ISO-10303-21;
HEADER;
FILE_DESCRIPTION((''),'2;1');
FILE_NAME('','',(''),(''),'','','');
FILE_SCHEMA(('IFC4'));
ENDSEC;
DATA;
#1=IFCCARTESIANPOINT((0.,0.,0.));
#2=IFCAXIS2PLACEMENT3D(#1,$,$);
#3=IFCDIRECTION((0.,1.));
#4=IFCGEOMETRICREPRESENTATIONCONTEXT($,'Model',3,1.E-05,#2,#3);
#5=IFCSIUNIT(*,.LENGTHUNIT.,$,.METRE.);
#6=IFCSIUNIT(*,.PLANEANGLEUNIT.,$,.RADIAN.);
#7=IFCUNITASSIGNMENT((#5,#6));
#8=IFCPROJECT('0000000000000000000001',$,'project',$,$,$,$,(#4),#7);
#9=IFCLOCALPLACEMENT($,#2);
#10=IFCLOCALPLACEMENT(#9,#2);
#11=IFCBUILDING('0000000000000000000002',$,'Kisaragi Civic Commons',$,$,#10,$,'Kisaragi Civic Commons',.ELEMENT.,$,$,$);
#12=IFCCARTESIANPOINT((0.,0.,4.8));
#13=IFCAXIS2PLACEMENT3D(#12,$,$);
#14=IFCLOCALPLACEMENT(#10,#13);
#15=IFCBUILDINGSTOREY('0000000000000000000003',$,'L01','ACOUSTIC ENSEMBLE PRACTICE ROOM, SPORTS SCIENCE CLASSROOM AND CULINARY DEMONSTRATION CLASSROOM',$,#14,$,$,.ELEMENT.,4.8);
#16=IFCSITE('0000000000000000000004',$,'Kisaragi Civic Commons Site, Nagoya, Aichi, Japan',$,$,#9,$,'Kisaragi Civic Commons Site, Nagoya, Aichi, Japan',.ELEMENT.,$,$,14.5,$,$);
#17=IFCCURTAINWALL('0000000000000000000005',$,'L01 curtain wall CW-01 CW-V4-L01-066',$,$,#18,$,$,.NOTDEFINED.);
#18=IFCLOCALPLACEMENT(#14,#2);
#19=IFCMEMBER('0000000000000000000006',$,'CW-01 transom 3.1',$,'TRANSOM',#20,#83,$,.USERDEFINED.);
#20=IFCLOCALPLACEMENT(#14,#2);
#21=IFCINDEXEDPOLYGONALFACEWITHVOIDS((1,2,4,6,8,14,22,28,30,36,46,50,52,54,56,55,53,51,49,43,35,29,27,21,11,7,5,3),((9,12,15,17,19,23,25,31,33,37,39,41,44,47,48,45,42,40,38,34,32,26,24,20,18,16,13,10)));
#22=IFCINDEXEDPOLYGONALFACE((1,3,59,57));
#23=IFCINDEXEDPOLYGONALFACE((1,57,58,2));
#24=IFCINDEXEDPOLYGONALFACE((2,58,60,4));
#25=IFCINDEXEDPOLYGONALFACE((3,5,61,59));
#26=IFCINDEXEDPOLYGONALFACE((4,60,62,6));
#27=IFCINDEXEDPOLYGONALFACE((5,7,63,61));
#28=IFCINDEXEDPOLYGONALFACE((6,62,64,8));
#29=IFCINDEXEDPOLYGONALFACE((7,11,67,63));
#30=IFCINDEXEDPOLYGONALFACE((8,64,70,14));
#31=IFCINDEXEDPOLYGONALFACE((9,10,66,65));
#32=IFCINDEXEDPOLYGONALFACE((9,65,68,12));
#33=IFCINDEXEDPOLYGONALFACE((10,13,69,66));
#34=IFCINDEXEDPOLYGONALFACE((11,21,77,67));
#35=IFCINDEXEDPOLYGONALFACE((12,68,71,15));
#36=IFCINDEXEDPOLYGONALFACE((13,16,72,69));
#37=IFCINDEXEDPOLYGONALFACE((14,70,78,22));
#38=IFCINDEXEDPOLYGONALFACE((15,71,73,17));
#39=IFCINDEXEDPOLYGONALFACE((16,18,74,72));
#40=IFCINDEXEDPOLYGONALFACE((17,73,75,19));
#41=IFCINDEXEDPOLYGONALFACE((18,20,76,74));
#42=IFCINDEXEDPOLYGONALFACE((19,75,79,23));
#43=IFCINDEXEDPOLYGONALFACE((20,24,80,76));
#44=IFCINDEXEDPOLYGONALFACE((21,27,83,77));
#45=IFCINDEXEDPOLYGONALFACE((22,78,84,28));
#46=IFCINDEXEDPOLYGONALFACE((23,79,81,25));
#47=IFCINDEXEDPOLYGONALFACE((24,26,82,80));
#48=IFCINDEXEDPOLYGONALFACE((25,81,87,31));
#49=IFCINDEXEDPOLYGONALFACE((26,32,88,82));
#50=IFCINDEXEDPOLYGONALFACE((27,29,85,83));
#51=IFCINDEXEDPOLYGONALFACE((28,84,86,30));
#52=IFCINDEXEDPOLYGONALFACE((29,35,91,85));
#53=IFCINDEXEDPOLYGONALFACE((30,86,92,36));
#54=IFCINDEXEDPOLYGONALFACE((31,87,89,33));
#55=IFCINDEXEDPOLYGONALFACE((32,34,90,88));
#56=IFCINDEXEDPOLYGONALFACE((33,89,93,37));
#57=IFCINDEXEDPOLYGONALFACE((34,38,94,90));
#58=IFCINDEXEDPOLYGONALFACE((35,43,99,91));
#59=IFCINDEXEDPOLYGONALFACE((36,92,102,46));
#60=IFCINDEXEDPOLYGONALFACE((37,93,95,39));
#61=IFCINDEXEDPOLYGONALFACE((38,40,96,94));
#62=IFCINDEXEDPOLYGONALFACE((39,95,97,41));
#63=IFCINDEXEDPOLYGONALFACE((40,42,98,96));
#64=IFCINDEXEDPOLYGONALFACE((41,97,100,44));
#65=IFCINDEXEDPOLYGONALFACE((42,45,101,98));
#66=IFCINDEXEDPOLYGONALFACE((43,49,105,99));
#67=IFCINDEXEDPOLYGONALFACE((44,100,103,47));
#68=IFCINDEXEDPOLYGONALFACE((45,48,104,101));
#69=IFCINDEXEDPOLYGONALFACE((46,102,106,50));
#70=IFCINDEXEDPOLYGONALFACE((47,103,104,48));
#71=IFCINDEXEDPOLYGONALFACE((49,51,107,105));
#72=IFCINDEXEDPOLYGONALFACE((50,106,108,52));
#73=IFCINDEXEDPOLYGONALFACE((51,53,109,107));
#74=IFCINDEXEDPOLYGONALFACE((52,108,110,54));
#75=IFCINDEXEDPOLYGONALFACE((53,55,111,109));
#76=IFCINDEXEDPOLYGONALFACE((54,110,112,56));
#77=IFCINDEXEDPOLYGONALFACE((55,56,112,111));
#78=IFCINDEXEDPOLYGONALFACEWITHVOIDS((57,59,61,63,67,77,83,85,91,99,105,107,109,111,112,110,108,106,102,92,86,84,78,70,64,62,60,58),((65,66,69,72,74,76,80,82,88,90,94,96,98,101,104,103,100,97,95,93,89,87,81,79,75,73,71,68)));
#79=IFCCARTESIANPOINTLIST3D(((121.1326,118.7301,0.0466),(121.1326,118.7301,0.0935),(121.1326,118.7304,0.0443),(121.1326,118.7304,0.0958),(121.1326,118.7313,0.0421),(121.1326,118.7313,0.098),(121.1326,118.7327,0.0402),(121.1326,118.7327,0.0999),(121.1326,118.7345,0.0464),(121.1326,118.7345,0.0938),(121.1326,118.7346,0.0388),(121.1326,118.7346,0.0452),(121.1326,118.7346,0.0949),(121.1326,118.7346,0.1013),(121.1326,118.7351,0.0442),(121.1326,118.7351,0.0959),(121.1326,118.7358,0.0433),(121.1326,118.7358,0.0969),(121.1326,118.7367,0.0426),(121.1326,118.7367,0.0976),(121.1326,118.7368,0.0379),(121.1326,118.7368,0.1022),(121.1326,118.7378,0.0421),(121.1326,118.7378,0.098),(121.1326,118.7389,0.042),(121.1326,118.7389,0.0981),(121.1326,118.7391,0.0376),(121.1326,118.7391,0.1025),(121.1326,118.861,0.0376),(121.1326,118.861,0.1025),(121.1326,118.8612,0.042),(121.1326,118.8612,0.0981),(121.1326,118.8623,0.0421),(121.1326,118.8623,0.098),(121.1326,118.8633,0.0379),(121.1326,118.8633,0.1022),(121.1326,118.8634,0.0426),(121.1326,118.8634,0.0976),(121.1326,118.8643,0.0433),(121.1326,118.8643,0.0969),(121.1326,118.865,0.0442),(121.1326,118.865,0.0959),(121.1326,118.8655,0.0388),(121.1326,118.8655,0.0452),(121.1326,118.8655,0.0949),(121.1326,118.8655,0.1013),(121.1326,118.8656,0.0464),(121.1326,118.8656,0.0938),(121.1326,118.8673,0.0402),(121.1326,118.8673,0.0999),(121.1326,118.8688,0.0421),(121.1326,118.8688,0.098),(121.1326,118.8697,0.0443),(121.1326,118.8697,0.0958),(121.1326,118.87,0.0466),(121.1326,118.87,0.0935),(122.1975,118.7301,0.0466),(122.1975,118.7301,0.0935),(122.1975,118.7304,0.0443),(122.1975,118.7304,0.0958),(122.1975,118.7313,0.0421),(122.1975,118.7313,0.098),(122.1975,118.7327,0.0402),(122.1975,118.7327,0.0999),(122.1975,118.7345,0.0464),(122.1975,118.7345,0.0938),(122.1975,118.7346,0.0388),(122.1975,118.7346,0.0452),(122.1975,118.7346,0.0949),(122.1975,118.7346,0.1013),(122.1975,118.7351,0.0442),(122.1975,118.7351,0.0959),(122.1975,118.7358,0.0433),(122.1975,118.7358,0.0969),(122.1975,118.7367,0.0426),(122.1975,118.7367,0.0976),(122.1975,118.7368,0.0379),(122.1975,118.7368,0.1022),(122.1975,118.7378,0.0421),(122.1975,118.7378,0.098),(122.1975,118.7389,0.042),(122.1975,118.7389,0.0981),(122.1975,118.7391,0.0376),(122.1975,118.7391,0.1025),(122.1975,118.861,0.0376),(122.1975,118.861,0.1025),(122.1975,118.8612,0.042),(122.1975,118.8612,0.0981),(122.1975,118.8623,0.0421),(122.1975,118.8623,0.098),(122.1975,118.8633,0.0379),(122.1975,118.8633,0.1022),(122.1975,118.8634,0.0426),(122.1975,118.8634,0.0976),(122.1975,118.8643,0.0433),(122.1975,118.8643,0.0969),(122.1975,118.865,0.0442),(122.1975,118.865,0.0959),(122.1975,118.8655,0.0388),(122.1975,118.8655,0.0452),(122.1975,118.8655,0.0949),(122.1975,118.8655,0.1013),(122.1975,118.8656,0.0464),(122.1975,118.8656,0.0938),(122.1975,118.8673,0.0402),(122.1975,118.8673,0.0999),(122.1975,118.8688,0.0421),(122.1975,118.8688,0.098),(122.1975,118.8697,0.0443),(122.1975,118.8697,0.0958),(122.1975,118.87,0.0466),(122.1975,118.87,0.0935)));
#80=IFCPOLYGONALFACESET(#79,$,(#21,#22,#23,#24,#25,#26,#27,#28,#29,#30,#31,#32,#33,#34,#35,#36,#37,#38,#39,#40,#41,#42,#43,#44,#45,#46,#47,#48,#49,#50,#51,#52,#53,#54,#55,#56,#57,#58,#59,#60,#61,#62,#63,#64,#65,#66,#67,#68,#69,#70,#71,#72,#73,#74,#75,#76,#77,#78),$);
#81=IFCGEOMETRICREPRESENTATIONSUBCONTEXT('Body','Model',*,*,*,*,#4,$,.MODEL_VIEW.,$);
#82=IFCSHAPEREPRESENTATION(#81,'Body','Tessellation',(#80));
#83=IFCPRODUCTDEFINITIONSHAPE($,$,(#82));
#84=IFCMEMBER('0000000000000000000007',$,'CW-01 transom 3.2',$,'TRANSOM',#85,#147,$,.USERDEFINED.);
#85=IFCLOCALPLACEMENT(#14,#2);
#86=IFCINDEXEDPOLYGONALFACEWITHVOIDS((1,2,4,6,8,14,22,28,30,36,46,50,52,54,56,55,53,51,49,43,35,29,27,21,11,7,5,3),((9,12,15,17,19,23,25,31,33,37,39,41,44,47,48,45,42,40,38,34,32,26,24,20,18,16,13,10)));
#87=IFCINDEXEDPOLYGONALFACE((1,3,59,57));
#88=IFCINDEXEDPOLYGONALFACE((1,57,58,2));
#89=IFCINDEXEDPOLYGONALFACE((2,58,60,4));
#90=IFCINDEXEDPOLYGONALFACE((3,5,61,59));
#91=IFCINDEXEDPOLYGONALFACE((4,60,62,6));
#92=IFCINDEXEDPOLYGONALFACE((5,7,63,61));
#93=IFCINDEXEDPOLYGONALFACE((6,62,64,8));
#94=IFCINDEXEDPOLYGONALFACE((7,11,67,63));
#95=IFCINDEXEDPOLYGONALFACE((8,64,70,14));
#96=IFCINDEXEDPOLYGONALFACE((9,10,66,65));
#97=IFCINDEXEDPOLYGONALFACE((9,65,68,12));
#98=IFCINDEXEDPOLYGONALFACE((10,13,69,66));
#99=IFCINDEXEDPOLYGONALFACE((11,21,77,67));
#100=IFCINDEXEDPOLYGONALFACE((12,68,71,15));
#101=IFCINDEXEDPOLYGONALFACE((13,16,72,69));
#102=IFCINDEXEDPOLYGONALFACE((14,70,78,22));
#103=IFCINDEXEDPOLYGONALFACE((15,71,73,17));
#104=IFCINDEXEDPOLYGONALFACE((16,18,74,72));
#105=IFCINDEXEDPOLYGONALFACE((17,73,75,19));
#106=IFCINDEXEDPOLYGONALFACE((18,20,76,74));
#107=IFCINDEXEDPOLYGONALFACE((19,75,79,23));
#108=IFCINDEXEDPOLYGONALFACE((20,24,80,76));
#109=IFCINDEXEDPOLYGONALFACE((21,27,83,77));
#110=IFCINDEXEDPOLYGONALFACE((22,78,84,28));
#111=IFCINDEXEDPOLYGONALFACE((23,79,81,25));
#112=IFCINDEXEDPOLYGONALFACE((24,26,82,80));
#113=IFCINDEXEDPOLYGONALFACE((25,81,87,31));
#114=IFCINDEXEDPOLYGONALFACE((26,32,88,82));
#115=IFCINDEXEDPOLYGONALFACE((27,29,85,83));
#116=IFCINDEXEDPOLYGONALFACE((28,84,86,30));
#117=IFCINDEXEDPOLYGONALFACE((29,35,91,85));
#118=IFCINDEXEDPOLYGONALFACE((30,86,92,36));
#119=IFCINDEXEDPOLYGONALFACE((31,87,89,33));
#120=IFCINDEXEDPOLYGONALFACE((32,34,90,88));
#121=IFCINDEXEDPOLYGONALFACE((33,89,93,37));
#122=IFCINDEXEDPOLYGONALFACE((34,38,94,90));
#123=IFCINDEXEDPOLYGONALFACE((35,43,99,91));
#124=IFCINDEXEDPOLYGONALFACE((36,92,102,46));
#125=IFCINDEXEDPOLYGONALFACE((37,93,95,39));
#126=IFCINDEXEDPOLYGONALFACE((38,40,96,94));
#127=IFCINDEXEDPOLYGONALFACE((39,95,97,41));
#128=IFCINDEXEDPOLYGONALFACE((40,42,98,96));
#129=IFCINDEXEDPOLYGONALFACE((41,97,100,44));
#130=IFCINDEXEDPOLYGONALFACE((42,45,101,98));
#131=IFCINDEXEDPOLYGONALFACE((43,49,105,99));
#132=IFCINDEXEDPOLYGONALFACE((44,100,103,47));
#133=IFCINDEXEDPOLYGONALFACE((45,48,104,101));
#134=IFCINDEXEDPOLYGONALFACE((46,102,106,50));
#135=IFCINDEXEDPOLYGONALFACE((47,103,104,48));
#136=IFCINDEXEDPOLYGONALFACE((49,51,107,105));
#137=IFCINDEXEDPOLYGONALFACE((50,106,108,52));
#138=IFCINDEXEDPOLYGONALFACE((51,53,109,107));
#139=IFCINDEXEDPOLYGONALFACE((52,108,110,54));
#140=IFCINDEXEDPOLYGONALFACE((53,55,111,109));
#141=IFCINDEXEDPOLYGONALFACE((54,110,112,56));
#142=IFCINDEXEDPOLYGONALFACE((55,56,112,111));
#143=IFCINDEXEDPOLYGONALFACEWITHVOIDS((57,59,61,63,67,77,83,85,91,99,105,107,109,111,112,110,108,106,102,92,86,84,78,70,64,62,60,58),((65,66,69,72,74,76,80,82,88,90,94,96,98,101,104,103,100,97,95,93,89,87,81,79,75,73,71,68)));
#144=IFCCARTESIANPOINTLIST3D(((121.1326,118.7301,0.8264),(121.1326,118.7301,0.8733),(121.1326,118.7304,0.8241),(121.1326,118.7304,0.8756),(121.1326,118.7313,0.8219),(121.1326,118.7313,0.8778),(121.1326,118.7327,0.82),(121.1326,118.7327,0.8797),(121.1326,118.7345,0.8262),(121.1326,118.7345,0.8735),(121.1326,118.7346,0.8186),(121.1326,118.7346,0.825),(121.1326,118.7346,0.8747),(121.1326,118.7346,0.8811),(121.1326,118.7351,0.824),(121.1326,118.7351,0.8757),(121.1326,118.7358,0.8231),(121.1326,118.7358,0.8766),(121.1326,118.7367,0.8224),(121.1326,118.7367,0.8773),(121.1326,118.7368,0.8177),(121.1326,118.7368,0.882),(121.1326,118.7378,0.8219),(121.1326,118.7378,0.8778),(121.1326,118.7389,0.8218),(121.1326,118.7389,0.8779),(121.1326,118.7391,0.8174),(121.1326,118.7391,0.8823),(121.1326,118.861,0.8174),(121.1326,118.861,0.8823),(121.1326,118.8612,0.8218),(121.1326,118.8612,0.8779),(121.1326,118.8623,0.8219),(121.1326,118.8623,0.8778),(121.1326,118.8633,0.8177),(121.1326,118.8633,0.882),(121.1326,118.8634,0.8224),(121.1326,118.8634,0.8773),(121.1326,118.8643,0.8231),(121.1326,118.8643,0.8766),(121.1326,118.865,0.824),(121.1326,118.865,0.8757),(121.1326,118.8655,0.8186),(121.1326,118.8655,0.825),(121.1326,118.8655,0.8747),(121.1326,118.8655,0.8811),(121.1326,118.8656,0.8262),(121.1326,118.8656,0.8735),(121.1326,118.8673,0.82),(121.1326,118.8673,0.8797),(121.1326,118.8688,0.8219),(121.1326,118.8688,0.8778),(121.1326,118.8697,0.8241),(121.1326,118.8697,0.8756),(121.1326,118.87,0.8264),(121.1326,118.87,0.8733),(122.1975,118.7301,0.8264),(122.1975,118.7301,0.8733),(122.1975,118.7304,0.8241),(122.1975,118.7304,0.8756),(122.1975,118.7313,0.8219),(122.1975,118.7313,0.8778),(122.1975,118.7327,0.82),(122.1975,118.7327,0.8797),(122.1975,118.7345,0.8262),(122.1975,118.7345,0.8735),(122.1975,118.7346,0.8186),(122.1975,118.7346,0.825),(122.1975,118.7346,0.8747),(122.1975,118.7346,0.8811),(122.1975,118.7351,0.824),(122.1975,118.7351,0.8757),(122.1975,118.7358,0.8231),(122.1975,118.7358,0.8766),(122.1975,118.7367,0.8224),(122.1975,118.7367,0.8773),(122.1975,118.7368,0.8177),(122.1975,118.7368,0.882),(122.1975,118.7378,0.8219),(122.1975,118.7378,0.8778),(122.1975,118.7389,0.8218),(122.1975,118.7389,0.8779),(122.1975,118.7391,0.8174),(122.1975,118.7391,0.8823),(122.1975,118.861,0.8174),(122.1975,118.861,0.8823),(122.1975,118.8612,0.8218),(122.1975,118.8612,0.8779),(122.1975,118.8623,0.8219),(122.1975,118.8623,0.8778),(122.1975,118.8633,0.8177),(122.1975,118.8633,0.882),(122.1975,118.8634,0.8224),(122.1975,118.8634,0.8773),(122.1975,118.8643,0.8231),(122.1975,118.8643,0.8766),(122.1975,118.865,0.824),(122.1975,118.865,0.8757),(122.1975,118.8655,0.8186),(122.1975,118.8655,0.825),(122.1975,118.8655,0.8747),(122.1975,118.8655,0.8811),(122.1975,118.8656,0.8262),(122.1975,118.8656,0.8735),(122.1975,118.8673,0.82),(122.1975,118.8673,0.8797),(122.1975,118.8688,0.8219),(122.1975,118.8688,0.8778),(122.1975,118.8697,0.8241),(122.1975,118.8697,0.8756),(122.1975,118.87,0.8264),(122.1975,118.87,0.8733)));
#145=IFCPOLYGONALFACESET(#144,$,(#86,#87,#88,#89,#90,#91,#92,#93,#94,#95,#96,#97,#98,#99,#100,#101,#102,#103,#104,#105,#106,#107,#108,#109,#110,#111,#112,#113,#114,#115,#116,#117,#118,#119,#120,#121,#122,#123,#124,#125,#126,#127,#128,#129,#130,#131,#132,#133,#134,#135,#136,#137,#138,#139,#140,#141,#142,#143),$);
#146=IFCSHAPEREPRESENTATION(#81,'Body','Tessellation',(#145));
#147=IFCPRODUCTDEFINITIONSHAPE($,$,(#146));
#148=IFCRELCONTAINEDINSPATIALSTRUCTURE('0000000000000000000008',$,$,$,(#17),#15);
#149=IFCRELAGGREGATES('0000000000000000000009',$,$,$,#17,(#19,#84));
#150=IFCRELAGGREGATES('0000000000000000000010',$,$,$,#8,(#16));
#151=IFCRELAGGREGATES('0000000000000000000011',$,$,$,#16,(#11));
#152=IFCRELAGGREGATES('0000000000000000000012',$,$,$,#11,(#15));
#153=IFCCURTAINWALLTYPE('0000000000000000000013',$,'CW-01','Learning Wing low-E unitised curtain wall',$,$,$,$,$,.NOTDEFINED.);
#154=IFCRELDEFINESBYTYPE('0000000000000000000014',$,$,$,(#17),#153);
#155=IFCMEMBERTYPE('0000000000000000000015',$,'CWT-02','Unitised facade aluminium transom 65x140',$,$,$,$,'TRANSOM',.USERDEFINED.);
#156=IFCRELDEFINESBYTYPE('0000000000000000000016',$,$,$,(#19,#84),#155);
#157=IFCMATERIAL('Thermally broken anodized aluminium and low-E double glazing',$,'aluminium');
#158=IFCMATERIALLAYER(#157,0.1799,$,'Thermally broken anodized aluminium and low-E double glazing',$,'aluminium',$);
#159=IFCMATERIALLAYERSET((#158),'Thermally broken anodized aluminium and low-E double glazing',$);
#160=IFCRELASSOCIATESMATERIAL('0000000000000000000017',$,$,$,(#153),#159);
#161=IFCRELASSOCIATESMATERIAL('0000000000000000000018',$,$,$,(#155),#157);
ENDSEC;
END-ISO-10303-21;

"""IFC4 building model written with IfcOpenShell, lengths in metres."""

from ifc_helpers import new_model, si_unit, direction, frame, origin, origin_2d, place, context, subcontext, project, spatial, hollow_rectangle, extrude, material, layer, layer_set, material_profile, profile_set, type_object, element, aggregate, save


model = new_model("IFC4")

# Units and contexts
model_context = context("Model", 3, precision=1e-05, world=origin(), true_north=direction((0.0, 1.0)))
body_context = subcontext(model_context, "Body", "Model", "MODEL_VIEW")
ifc_project = project(units=[si_unit("LENGTHUNIT", "METRE"), si_unit("PLANEANGLEUNIT", "RADIAN")], contexts=[model_context])

# Site, building, storey
site_placement = place(None, origin())
site = spatial("IfcSite", under=ifc_project, at=site_placement, Name="Kisaragi Civic Commons Site, Nagoya, Aichi, Japan", LongName="Kisaragi Civic Commons Site, Nagoya, Aichi, Japan", CompositionType="ELEMENT", RefElevation=14.5)
building_placement = place(site_placement, origin())
building = spatial("IfcBuilding", under=site, at=building_placement, Name="Kisaragi Civic Commons", LongName="Kisaragi Civic Commons", CompositionType="ELEMENT")
storey_placement = place(building_placement, frame((0.0, 0.0, 4.8)))
storey = spatial("IfcBuildingStorey", under=building, at=storey_placement, Name="L01", Description="ACOUSTIC ENSEMBLE PRACTICE ROOM, SPORTS SCIENCE CLASSROOM AND CULINARY DEMONSTRATION CLASSROOM", CompositionType="ELEMENT", Elevation=4.8)

# Curtain wall, members
ifc_material = material(Name="Thermally broken anodized aluminium and low-E double glazing", Category="aluminium")
ifc_layer_1 = layer(ifc_material, 0.1799, Name="Thermally broken anodized aluminium and low-E double glazing", Category="aluminium")
ifc_layer_set_1 = layer_set([ifc_layer_1], Name="Thermally broken anodized aluminium and low-E double glazing")
curtain_wall_type = type_object("IfcCurtainWallType", Name="CW-01", Description="Learning Wing low-E unitised curtain wall", PredefinedType="NOTDEFINED", material=ifc_layer_set_1)
curtain_wall_placement = place(storey_placement, origin())
curtain_wall = element("IfcCurtainWall", 1, at=curtain_wall_placement, inside=storey, type_object=curtain_wall_type, Name="L01 curtain wall CW-01 CW-V4-L01-066", PredefinedType="NOTDEFINED")
ifc_material_profile_1 = material_profile(ifc_material, hollow_rectangle(XDim=0.1399, YDim=0.0649, WallThickness=0.0044, InnerFilletRadius=0.0044, OuterFilletRadius=0.009, at=origin_2d()), Name="CWT-65x140x4.5", Category="aluminium")
ifc_profile_set_1 = profile_set([ifc_material_profile_1], Name="Thermally broken anodized aluminium and low-E double glazing")
member_type_1 = type_object("IfcMemberType", Name="CWT-02", Description="Unitised facade aluminium transom 65x140", ElementType="TRANSOM", PredefinedType="USERDEFINED", material=ifc_profile_set_1)
member_1_placement = place(storey_placement, frame((121.1326, 118.8, 0.0701), z_axis=(1.0, 0.0, 0.0), x_axis=(0.0, 1.0, 0.0)))
member_1 = element("IfcMember", 2, at=member_1_placement, type_object=member_type_1, Name="CW-01 transom 3.1", ObjectType="TRANSOM", PredefinedType="USERDEFINED", context=body_context, shape_type="SweptSolid", body=[
    extrude(hollow_rectangle(XDim=0.1399, YDim=0.0649, WallThickness=0.0044, InnerFilletRadius=0.0044, OuterFilletRadius=0.009, at=origin_2d()), origin(), (0.0, 0.0, 1.0), 1.0649),
])
member_2_placement = place(storey_placement, frame((121.1326, 118.8, 0.8499), z_axis=(1.0, 0.0, 0.0), x_axis=(0.0, 1.0, 0.0)))
member_2 = element("IfcMember", 3, at=member_2_placement, type_object=member_type_1, Name="CW-01 transom 3.2", ObjectType="TRANSOM", PredefinedType="USERDEFINED", context=body_context, shape_type="SweptSolid", body=[
    extrude(hollow_rectangle(XDim=0.1399, YDim=0.0649, WallThickness=0.0044, InnerFilletRadius=0.0044, OuterFilletRadius=0.009, at=origin_2d()), origin(), (0.0, 0.0, 1.0), 1.0649),
])
aggregate(curtain_wall, [member_1, member_2])

save(model, "model.ifc")
